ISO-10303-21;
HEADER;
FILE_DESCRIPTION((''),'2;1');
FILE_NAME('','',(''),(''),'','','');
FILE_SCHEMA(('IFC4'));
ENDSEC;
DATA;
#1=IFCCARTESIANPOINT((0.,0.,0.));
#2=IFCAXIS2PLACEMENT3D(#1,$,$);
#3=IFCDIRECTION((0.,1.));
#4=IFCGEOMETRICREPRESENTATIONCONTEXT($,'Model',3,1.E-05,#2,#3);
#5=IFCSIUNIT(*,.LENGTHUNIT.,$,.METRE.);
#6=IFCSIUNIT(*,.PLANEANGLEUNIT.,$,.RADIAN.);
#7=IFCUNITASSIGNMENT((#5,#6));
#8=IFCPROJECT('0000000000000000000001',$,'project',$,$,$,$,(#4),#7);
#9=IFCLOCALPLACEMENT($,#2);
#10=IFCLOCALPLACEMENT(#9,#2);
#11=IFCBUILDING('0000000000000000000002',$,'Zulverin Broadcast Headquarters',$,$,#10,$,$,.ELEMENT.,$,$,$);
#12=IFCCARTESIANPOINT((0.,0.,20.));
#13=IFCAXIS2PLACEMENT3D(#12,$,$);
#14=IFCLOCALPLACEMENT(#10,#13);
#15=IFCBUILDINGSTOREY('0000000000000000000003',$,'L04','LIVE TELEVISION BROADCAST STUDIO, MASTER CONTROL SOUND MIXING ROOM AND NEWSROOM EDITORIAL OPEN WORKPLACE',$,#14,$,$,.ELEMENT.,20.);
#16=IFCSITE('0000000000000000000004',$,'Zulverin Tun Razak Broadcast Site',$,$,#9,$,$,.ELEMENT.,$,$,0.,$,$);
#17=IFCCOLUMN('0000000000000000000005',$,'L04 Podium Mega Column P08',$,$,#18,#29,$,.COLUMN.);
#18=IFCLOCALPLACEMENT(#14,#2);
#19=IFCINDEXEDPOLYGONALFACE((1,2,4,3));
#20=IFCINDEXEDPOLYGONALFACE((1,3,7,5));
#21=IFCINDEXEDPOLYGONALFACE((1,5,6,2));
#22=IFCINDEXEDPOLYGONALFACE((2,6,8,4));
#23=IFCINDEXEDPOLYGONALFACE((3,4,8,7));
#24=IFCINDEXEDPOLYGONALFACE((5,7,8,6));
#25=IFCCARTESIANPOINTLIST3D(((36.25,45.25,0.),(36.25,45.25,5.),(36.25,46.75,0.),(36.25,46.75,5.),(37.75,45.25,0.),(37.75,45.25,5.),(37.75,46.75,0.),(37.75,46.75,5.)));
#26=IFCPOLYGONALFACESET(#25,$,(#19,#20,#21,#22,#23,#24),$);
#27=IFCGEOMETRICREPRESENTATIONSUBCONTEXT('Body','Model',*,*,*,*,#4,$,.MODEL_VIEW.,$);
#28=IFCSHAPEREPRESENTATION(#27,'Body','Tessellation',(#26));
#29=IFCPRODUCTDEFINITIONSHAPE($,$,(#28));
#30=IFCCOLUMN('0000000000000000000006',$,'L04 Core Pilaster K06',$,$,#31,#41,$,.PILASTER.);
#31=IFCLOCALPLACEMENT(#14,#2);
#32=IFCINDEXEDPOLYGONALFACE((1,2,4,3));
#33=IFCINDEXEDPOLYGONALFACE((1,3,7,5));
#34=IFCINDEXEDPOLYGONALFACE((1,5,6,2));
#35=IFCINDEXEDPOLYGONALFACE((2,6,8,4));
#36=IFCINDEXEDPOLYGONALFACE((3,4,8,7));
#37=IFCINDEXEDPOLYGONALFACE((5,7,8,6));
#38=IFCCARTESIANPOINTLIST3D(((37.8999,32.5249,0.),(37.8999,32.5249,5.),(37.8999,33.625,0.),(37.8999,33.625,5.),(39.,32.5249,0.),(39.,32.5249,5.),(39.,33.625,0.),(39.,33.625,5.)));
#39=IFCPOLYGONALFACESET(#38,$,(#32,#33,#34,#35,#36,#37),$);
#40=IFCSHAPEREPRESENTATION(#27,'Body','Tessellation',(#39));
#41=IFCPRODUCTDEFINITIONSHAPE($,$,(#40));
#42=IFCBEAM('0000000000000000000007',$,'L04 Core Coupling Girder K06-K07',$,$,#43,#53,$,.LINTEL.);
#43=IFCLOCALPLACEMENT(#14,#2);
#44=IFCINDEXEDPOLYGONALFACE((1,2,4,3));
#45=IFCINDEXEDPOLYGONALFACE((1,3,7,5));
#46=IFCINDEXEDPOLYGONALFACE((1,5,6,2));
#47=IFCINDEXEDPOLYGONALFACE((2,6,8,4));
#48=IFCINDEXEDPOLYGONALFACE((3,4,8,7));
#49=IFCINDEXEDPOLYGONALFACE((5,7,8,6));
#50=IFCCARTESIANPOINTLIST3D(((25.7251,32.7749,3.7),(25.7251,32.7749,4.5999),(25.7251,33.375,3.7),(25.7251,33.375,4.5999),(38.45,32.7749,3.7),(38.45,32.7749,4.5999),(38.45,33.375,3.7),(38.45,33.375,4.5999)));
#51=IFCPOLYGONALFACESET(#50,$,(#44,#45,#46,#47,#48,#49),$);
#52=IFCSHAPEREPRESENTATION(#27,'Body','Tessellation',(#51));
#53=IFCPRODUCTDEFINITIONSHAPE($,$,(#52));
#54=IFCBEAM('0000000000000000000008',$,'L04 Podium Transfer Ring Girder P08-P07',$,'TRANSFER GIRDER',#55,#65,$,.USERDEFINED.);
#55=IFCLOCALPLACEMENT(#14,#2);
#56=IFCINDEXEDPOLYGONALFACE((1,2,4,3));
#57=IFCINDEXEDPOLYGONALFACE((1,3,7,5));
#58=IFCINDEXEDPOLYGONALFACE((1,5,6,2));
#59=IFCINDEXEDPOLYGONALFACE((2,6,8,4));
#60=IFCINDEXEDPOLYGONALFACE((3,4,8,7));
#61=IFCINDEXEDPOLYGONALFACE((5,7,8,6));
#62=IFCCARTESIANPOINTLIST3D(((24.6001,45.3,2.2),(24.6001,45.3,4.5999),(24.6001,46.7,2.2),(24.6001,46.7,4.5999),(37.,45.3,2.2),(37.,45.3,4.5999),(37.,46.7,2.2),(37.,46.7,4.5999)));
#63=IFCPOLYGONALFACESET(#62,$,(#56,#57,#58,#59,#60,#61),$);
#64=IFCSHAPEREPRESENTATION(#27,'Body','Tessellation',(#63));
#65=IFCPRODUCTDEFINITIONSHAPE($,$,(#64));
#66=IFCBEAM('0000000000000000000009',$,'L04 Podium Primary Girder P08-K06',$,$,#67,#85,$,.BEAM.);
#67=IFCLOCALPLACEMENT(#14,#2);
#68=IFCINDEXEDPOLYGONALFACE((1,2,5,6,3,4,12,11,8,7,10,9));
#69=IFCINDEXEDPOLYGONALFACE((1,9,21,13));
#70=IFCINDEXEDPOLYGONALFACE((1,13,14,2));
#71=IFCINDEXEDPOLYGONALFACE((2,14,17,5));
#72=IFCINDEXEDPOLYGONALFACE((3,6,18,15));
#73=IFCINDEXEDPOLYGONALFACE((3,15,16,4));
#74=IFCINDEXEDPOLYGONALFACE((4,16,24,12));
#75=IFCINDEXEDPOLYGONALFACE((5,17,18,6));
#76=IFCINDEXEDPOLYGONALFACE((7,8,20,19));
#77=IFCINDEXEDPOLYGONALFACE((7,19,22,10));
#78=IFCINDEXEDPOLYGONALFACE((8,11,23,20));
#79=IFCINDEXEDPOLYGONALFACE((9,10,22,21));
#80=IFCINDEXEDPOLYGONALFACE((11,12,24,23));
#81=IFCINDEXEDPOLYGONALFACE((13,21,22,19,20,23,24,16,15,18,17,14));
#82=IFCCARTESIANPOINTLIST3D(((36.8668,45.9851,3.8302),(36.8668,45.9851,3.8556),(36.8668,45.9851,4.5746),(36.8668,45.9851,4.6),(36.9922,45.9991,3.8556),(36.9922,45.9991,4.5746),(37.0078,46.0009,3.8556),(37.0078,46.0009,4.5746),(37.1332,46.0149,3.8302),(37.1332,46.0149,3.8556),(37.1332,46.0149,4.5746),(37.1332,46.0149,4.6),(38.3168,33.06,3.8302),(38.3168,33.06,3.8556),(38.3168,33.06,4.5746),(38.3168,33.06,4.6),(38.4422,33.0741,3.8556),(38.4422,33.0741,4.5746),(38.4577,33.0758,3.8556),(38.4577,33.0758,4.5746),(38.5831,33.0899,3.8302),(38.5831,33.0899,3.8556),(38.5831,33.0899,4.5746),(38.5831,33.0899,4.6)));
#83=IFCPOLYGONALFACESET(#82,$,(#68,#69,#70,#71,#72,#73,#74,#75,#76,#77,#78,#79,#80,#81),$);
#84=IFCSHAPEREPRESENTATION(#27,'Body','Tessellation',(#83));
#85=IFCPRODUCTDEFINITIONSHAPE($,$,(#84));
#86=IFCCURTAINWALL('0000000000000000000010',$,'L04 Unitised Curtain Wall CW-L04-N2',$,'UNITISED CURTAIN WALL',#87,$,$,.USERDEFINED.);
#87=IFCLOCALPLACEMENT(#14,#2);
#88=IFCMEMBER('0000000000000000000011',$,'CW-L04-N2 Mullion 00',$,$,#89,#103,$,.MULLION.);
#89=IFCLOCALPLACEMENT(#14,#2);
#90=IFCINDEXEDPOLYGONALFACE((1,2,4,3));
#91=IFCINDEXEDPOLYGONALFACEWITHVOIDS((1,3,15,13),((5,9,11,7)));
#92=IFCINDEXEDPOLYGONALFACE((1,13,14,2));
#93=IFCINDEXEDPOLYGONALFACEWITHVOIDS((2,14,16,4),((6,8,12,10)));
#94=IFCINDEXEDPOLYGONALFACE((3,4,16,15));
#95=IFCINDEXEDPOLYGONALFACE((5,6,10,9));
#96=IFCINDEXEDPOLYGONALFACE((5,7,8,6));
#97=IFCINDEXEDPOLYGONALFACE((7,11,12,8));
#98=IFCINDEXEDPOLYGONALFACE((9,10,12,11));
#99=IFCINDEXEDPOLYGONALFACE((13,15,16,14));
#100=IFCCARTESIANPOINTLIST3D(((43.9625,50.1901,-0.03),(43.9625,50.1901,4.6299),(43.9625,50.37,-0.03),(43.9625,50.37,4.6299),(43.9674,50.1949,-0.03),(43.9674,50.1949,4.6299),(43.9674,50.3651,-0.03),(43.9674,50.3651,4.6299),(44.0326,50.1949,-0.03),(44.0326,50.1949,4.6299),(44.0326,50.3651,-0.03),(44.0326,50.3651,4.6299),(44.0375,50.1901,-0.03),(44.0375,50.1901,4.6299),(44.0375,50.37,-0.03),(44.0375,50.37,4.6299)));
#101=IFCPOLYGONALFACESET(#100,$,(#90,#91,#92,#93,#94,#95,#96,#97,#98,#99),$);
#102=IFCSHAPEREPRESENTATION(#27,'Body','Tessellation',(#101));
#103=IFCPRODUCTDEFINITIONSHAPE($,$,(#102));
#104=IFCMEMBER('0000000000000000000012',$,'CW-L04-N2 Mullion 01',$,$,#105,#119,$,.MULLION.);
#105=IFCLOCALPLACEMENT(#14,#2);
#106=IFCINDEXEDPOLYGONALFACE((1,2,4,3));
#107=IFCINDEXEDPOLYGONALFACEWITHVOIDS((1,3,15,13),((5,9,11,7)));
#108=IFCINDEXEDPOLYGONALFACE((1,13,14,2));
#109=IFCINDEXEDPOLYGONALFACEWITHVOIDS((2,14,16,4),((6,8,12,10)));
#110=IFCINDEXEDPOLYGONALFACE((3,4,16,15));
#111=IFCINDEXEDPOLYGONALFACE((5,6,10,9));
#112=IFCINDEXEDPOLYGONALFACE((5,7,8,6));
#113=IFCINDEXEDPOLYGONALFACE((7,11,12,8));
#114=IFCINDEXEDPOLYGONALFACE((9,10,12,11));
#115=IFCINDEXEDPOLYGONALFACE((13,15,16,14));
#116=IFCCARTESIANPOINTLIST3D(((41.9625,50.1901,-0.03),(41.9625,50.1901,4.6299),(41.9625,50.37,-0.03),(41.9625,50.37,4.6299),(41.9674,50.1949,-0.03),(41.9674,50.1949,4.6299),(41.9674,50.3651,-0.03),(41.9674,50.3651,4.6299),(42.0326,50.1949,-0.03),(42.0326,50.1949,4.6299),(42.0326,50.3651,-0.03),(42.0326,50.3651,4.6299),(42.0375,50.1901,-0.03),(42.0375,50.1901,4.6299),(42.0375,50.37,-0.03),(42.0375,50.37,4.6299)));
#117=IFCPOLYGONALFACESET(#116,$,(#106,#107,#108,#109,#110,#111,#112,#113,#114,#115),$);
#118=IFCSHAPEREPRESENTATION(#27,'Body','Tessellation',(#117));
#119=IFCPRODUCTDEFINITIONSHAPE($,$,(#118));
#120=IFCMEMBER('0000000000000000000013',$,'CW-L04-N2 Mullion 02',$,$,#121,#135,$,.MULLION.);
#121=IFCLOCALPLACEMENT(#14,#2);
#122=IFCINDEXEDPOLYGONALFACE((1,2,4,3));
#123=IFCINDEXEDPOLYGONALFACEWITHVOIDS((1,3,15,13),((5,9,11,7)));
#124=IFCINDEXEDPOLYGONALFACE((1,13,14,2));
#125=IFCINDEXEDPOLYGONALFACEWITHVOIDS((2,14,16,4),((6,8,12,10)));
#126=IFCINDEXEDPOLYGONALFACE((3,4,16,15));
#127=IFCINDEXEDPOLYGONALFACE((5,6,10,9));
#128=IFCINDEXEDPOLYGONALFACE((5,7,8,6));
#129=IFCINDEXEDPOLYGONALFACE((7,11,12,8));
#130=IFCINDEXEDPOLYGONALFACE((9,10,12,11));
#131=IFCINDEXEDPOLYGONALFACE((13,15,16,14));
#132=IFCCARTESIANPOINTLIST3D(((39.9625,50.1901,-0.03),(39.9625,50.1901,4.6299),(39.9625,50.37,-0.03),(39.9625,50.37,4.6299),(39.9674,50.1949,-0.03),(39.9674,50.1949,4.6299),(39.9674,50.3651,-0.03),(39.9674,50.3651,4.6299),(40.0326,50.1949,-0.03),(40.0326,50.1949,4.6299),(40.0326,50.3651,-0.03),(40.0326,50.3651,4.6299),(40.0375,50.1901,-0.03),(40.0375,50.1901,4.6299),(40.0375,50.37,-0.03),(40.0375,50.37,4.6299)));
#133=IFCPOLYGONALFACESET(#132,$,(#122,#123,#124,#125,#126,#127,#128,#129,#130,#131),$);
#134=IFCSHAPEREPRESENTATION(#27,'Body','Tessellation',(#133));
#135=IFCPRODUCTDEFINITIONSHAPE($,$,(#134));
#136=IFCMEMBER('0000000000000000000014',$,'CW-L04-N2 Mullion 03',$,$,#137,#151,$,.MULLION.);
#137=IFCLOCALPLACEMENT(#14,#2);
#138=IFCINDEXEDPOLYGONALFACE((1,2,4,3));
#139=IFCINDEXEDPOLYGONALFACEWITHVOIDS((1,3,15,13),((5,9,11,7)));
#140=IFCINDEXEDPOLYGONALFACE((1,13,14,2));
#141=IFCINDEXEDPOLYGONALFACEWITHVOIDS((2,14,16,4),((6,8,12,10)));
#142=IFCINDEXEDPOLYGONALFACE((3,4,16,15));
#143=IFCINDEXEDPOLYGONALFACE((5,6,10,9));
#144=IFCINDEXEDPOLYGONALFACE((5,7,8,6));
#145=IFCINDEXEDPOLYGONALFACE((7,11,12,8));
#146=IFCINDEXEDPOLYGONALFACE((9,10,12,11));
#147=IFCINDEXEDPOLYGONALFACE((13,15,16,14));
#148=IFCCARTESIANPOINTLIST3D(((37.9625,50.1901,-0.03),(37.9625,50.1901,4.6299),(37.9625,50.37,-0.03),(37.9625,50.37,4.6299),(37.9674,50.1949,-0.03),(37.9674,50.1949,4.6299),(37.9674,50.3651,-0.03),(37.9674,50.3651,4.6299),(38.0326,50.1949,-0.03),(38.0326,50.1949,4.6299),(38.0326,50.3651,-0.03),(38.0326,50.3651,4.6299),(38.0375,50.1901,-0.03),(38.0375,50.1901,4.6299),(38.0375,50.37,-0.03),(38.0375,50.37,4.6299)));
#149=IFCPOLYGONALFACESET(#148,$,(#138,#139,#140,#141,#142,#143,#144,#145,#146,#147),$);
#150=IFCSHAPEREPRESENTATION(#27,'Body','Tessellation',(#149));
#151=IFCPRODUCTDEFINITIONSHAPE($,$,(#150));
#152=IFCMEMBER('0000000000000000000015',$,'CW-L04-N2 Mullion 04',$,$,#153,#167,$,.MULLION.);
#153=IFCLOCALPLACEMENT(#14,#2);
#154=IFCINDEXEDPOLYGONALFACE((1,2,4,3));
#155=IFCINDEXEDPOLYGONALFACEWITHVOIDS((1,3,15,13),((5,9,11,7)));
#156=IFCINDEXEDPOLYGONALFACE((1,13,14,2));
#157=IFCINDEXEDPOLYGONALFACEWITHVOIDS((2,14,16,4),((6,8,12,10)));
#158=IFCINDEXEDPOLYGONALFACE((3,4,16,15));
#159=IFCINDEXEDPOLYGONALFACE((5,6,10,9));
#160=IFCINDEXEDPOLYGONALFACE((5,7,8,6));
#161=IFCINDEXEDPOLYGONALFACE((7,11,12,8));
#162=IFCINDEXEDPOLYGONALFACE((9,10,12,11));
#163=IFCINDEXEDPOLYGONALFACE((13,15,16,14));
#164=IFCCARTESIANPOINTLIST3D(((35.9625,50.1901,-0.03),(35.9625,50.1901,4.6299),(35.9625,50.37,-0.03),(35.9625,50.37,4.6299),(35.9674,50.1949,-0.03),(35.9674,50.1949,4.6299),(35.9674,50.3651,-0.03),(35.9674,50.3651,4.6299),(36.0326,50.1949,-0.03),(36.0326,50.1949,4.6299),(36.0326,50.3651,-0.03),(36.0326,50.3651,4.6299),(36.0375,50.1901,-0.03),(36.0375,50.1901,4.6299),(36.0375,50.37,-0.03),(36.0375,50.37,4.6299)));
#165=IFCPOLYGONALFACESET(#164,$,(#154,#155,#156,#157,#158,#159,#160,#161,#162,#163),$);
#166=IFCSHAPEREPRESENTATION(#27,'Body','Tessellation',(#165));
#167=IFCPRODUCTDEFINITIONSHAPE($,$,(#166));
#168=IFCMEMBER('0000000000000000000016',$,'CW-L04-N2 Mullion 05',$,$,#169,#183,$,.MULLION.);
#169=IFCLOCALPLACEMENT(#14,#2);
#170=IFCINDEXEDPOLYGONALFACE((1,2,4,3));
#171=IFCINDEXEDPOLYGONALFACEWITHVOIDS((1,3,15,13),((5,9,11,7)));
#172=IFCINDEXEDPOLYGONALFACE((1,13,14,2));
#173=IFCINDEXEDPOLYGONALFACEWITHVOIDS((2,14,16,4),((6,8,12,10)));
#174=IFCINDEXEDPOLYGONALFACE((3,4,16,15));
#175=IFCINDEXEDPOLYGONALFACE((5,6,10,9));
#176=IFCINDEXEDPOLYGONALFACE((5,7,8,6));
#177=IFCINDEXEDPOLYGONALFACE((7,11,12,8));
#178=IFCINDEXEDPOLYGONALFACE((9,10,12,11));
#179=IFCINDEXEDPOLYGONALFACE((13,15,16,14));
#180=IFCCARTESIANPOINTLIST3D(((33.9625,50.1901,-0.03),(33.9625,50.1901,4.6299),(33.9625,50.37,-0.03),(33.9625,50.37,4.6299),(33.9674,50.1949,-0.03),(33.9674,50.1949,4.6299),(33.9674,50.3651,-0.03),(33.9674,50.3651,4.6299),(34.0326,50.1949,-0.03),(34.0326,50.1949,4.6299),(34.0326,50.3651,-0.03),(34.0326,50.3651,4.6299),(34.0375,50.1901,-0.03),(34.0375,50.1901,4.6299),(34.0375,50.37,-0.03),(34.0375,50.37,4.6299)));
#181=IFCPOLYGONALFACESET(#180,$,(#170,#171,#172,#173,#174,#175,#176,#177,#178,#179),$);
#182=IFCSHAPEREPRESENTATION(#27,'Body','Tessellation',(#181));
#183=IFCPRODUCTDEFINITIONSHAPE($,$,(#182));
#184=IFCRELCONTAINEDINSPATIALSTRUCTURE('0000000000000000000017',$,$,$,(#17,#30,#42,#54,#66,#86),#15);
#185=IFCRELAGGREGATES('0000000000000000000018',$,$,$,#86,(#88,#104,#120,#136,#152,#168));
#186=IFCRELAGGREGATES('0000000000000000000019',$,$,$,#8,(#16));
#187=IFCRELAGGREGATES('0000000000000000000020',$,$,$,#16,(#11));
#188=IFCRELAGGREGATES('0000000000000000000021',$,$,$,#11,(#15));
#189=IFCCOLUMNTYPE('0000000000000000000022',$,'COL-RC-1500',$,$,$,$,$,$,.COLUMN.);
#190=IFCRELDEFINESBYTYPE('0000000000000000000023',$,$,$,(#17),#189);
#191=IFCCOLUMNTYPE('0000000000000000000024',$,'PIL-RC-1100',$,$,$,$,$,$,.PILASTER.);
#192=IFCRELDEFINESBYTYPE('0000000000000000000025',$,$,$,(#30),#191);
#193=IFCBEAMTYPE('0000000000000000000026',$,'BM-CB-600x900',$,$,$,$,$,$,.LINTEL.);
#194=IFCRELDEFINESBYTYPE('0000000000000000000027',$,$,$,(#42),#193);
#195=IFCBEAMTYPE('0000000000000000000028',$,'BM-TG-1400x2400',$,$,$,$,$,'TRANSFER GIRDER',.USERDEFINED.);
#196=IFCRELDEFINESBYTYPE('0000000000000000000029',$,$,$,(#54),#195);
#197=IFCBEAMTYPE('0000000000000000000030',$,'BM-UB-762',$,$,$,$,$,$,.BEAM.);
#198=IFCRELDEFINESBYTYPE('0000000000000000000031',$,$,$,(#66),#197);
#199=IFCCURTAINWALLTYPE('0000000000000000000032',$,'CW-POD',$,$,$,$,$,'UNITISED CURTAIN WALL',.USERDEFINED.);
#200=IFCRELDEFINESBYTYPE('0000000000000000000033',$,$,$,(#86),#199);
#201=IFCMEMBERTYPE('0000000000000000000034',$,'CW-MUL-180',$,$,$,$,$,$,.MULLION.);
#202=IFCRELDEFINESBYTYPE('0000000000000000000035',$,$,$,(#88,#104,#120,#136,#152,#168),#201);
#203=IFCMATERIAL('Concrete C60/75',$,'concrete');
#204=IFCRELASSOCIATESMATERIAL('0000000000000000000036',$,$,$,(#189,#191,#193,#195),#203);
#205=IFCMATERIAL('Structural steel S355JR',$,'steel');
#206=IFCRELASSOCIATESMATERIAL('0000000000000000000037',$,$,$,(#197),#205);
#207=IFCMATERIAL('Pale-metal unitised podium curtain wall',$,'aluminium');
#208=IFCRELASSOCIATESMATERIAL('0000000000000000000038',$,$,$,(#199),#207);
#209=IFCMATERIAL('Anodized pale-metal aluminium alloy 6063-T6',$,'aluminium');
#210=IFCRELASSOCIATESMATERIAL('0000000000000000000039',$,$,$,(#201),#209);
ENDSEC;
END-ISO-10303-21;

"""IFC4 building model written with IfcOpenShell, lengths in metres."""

from ifc_helpers import new_model, si_unit, direction, frame, origin, origin_2d, place, context, subcontext, project, spatial, rectangle, hollow_rectangle, i_section, extrude, material, material_profile, profile_set, type_object, element, aggregate, save


model = new_model("IFC4")

# Units and contexts
model_context = context("Model", 3, precision=1e-05, world=origin(), true_north=direction((0.0, 1.0)))
body_context = subcontext(model_context, "Body", "Model", "MODEL_VIEW")
ifc_project = project(units=[si_unit("LENGTHUNIT", "METRE"), si_unit("PLANEANGLEUNIT", "RADIAN")], contexts=[model_context])

# Site, building, storey
site_placement = place(None, origin())
site = spatial("IfcSite", under=ifc_project, at=site_placement, Name="Zulverin Tun Razak Broadcast Site", CompositionType="ELEMENT", RefElevation=0.0)
building_placement = place(site_placement, origin())
building = spatial("IfcBuilding", under=site, at=building_placement, Name="Zulverin Broadcast Headquarters", CompositionType="ELEMENT")
storey_placement = place(building_placement, frame((0.0, 0.0, 20.0)))
storey = spatial("IfcBuildingStorey", under=building, at=storey_placement, Name="L04", Description="LIVE TELEVISION BROADCAST STUDIO, MASTER CONTROL SOUND MIXING ROOM AND NEWSROOM EDITORIAL OPEN WORKPLACE", CompositionType="ELEMENT", Elevation=20.0)

# Columns
ifc_material_1 = material(Name="Concrete C60/75", Category="concrete")
ifc_material_profile_1 = material_profile(ifc_material_1, rectangle(XDim=1.5, YDim=1.5, at=origin_2d()), Name="Concrete C60/75", Category="concrete")
ifc_profile_set_1 = profile_set([ifc_material_profile_1], Name="Concrete C60/75")
column_type_1 = type_object("IfcColumnType", Name="COL-RC-1500", PredefinedType="COLUMN", material=ifc_profile_set_1)
column_1_placement = place(storey_placement, frame((37.0, 46.0, 0.0), z_axis=(0.0, 0.0, 1.0), x_axis=(1.0, 0.0, 0.0)))
element("IfcColumn", 1, at=column_1_placement, inside=storey, type_object=column_type_1, Name="L04 Podium Mega Column P08", PredefinedType="COLUMN", context=body_context, shape_type="SweptSolid", body=[
    extrude(rectangle(XDim=1.5, YDim=1.5, at=origin_2d()), origin(), (0.0, 0.0, 1.0), 5.0),
])
ifc_material_profile_2 = material_profile(ifc_material_1, rectangle(XDim=1.1001, YDim=1.1001, at=origin_2d()), Name="Concrete C60/75", Category="concrete")
ifc_profile_set_2 = profile_set([ifc_material_profile_2], Name="Concrete C60/75")
column_type_2 = type_object("IfcColumnType", Name="PIL-RC-1100", PredefinedType="PILASTER", material=ifc_profile_set_2)
column_2_placement = place(storey_placement, frame((38.45, 33.075, 0.0), z_axis=(0.0, 0.0, 1.0), x_axis=(1.0, 0.0, 0.0)))
element("IfcColumn", 2, at=column_2_placement, inside=storey, type_object=column_type_2, Name="L04 Core Pilaster K06", PredefinedType="PILASTER", context=body_context, shape_type="SweptSolid", body=[
    extrude(rectangle(XDim=1.1001, YDim=1.1001, at=origin_2d()), origin(), (0.0, 0.0, 1.0), 5.0),
])

# Beams
ifc_material_profile_3 = material_profile(ifc_material_1, rectangle(XDim=0.6001, YDim=0.8999, at=origin_2d()), Name="Concrete C60/75", Category="concrete")
ifc_profile_set_3 = profile_set([ifc_material_profile_3], Name="Concrete C60/75")
beam_type_1 = type_object("IfcBeamType", Name="BM-CB-600x900", PredefinedType="LINTEL", material=ifc_profile_set_3)
beam_1_placement = place(storey_placement, frame((38.45, 33.075, 4.1499), z_axis=(-1.0, 0.0, 0.0), x_axis=(0.0, -1.0, 0.0)))
element("IfcBeam", 3, at=beam_1_placement, inside=storey, type_object=beam_type_1, Name="L04 Core Coupling Girder K06-K07", PredefinedType="LINTEL", context=body_context, shape_type="SweptSolid", body=[
    extrude(rectangle(XDim=0.6001, YDim=0.8999, at=origin_2d()), origin(), (0.0, 0.0, 1.0), 12.7249),
])
ifc_material_profile_4 = material_profile(ifc_material_1, rectangle(XDim=1.3999, YDim=2.3999, at=origin_2d()), Name="Concrete C60/75", Category="concrete")
ifc_profile_set_4 = profile_set([ifc_material_profile_4], Name="Concrete C60/75")
beam_type_2 = type_object("IfcBeamType", Name="BM-TG-1400x2400", ElementType="TRANSFER GIRDER", PredefinedType="USERDEFINED", material=ifc_profile_set_4)
beam_2_placement = place(storey_placement, frame((37.0, 46.0, 3.3999), z_axis=(-1.0, 0.0, 0.0), x_axis=(0.0, -1.0, 0.0)))
element("IfcBeam", 4, at=beam_2_placement, inside=storey, type_object=beam_type_2, Name="L04 Podium Transfer Ring Girder P08-P07", ObjectType="TRANSFER GIRDER", PredefinedType="USERDEFINED", context=body_context, shape_type="SweptSolid", body=[
    extrude(rectangle(XDim=1.3999, YDim=2.3999, at=origin_2d()), origin(), (0.0, 0.0, 1.0), 12.3999),
])
ifc_material_2 = material(Name="Structural steel S355JR", Category="steel")
ifc_material_profile_5 = material_profile(ifc_material_2, i_section(OverallWidth=0.2681, OverallDepth=0.7698, WebThickness=0.0156, FlangeThickness=0.0254, at=origin_2d()), Name="Structural steel S355JR", Category="steel")
ifc_profile_set_5 = profile_set([ifc_material_profile_5], Name="Structural steel S355JR")
beam_type_3 = type_object("IfcBeamType", Name="BM-UB-762", PredefinedType="BEAM", material=ifc_profile_set_5)
beam_3_placement = place(storey_placement, frame((37.0, 46.0, 4.2151), z_axis=(0.111482, -0.993766, 0.0), x_axis=(0.993766, 0.111482, 0.0)))
element("IfcBeam", 5, at=beam_3_placement, inside=storey, type_object=beam_type_3, Name="L04 Podium Primary Girder P08-K06", PredefinedType="BEAM", context=body_context, shape_type="SweptSolid", body=[
    extrude(i_section(OverallWidth=0.2681, OverallDepth=0.7698, WebThickness=0.0156, FlangeThickness=0.0254, at=origin_2d()), origin(), (0.0, 0.0, 1.0), 13.0061),
])

# Curtain wall, members
ifc_material_3 = material(Name="Pale-metal unitised podium curtain wall", Category="aluminium")
curtain_wall_type = type_object("IfcCurtainWallType", Name="CW-POD", ElementType="UNITISED CURTAIN WALL", PredefinedType="USERDEFINED", material=ifc_material_3)
curtain_wall_placement = place(storey_placement, origin())
curtain_wall = element("IfcCurtainWall", 6, at=curtain_wall_placement, inside=storey, type_object=curtain_wall_type, Name="L04 Unitised Curtain Wall CW-L04-N2", ObjectType="UNITISED CURTAIN WALL", PredefinedType="USERDEFINED")
ifc_material_4 = material(Name="Anodized pale-metal aluminium alloy 6063-T6", Category="aluminium")
ifc_material_profile_6 = material_profile(ifc_material_4, hollow_rectangle(XDim=0.075, YDim=0.1799, WallThickness=0.0049, at=origin_2d()), Name="Anodized pale-metal aluminium alloy 6063-T6", Category="aluminium")
ifc_profile_set_6 = profile_set([ifc_material_profile_6], Name="Anodized pale-metal aluminium alloy 6063-T6")
member_type_1 = type_object("IfcMemberType", Name="CW-MUL-180", PredefinedType="MULLION", material=ifc_profile_set_6)
member_1_placement = place(storey_placement, frame((44.0, 50.28, -0.03), z_axis=(0.0, 0.0, 1.0), x_axis=(-1.0, 0.0, 0.0)))
member_1 = element("IfcMember", 7, at=member_1_placement, type_object=member_type_1, Name="CW-L04-N2 Mullion 00", PredefinedType="MULLION", context=body_context, shape_type="SweptSolid", body=[
    extrude(hollow_rectangle(XDim=0.075, YDim=0.1799, WallThickness=0.0049, at=origin_2d()), origin(), (0.0, 0.0, 1.0), 4.6599),
])
member_2_placement = place(storey_placement, frame((42.0, 50.28, -0.03), z_axis=(0.0, 0.0, 1.0), x_axis=(-1.0, 0.0, 0.0)))
member_2 = element("IfcMember", 8, at=member_2_placement, type_object=member_type_1, Name="CW-L04-N2 Mullion 01", PredefinedType="MULLION", context=body_context, shape_type="SweptSolid", body=[
    extrude(hollow_rectangle(XDim=0.075, YDim=0.1799, WallThickness=0.0049, at=origin_2d()), origin(), (0.0, 0.0, 1.0), 4.6599),
])
member_3_placement = place(storey_placement, frame((40.0, 50.28, -0.03), z_axis=(0.0, 0.0, 1.0), x_axis=(-1.0, 0.0, 0.0)))
member_3 = element("IfcMember", 9, at=member_3_placement, type_object=member_type_1, Name="CW-L04-N2 Mullion 02", PredefinedType="MULLION", context=body_context, shape_type="SweptSolid", body=[
    extrude(hollow_rectangle(XDim=0.075, YDim=0.1799, WallThickness=0.0049, at=origin_2d()), origin(), (0.0, 0.0, 1.0), 4.6599),
])
member_4_placement = place(storey_placement, frame((38.0, 50.28, -0.03), z_axis=(0.0, 0.0, 1.0), x_axis=(-1.0, 0.0, 0.0)))
member_4 = element("IfcMember", 10, at=member_4_placement, type_object=member_type_1, Name="CW-L04-N2 Mullion 03", PredefinedType="MULLION", context=body_context, shape_type="SweptSolid", body=[
    extrude(hollow_rectangle(XDim=0.075, YDim=0.1799, WallThickness=0.0049, at=origin_2d()), origin(), (0.0, 0.0, 1.0), 4.6599),
])
member_5_placement = place(storey_placement, frame((36.0, 50.28, -0.03), z_axis=(0.0, 0.0, 1.0), x_axis=(-1.0, 0.0, 0.0)))
member_5 = element("IfcMember", 11, at=member_5_placement, type_object=member_type_1, Name="CW-L04-N2 Mullion 04", PredefinedType="MULLION", context=body_context, shape_type="SweptSolid", body=[
    extrude(hollow_rectangle(XDim=0.075, YDim=0.1799, WallThickness=0.0049, at=origin_2d()), origin(), (0.0, 0.0, 1.0), 4.6599),
])
member_6_placement = place(storey_placement, frame((34.0, 50.28, -0.03), z_axis=(0.0, 0.0, 1.0), x_axis=(-1.0, 0.0, 0.0)))
member_6 = element("IfcMember", 12, at=member_6_placement, type_object=member_type_1, Name="CW-L04-N2 Mullion 05", PredefinedType="MULLION", context=body_context, shape_type="SweptSolid", body=[
    extrude(hollow_rectangle(XDim=0.075, YDim=0.1799, WallThickness=0.0049, at=origin_2d()), origin(), (0.0, 0.0, 1.0), 4.6599),
])
aggregate(curtain_wall, [member_1, member_2, member_3, member_4, member_5, member_6])

save(model, "model.ifc")
